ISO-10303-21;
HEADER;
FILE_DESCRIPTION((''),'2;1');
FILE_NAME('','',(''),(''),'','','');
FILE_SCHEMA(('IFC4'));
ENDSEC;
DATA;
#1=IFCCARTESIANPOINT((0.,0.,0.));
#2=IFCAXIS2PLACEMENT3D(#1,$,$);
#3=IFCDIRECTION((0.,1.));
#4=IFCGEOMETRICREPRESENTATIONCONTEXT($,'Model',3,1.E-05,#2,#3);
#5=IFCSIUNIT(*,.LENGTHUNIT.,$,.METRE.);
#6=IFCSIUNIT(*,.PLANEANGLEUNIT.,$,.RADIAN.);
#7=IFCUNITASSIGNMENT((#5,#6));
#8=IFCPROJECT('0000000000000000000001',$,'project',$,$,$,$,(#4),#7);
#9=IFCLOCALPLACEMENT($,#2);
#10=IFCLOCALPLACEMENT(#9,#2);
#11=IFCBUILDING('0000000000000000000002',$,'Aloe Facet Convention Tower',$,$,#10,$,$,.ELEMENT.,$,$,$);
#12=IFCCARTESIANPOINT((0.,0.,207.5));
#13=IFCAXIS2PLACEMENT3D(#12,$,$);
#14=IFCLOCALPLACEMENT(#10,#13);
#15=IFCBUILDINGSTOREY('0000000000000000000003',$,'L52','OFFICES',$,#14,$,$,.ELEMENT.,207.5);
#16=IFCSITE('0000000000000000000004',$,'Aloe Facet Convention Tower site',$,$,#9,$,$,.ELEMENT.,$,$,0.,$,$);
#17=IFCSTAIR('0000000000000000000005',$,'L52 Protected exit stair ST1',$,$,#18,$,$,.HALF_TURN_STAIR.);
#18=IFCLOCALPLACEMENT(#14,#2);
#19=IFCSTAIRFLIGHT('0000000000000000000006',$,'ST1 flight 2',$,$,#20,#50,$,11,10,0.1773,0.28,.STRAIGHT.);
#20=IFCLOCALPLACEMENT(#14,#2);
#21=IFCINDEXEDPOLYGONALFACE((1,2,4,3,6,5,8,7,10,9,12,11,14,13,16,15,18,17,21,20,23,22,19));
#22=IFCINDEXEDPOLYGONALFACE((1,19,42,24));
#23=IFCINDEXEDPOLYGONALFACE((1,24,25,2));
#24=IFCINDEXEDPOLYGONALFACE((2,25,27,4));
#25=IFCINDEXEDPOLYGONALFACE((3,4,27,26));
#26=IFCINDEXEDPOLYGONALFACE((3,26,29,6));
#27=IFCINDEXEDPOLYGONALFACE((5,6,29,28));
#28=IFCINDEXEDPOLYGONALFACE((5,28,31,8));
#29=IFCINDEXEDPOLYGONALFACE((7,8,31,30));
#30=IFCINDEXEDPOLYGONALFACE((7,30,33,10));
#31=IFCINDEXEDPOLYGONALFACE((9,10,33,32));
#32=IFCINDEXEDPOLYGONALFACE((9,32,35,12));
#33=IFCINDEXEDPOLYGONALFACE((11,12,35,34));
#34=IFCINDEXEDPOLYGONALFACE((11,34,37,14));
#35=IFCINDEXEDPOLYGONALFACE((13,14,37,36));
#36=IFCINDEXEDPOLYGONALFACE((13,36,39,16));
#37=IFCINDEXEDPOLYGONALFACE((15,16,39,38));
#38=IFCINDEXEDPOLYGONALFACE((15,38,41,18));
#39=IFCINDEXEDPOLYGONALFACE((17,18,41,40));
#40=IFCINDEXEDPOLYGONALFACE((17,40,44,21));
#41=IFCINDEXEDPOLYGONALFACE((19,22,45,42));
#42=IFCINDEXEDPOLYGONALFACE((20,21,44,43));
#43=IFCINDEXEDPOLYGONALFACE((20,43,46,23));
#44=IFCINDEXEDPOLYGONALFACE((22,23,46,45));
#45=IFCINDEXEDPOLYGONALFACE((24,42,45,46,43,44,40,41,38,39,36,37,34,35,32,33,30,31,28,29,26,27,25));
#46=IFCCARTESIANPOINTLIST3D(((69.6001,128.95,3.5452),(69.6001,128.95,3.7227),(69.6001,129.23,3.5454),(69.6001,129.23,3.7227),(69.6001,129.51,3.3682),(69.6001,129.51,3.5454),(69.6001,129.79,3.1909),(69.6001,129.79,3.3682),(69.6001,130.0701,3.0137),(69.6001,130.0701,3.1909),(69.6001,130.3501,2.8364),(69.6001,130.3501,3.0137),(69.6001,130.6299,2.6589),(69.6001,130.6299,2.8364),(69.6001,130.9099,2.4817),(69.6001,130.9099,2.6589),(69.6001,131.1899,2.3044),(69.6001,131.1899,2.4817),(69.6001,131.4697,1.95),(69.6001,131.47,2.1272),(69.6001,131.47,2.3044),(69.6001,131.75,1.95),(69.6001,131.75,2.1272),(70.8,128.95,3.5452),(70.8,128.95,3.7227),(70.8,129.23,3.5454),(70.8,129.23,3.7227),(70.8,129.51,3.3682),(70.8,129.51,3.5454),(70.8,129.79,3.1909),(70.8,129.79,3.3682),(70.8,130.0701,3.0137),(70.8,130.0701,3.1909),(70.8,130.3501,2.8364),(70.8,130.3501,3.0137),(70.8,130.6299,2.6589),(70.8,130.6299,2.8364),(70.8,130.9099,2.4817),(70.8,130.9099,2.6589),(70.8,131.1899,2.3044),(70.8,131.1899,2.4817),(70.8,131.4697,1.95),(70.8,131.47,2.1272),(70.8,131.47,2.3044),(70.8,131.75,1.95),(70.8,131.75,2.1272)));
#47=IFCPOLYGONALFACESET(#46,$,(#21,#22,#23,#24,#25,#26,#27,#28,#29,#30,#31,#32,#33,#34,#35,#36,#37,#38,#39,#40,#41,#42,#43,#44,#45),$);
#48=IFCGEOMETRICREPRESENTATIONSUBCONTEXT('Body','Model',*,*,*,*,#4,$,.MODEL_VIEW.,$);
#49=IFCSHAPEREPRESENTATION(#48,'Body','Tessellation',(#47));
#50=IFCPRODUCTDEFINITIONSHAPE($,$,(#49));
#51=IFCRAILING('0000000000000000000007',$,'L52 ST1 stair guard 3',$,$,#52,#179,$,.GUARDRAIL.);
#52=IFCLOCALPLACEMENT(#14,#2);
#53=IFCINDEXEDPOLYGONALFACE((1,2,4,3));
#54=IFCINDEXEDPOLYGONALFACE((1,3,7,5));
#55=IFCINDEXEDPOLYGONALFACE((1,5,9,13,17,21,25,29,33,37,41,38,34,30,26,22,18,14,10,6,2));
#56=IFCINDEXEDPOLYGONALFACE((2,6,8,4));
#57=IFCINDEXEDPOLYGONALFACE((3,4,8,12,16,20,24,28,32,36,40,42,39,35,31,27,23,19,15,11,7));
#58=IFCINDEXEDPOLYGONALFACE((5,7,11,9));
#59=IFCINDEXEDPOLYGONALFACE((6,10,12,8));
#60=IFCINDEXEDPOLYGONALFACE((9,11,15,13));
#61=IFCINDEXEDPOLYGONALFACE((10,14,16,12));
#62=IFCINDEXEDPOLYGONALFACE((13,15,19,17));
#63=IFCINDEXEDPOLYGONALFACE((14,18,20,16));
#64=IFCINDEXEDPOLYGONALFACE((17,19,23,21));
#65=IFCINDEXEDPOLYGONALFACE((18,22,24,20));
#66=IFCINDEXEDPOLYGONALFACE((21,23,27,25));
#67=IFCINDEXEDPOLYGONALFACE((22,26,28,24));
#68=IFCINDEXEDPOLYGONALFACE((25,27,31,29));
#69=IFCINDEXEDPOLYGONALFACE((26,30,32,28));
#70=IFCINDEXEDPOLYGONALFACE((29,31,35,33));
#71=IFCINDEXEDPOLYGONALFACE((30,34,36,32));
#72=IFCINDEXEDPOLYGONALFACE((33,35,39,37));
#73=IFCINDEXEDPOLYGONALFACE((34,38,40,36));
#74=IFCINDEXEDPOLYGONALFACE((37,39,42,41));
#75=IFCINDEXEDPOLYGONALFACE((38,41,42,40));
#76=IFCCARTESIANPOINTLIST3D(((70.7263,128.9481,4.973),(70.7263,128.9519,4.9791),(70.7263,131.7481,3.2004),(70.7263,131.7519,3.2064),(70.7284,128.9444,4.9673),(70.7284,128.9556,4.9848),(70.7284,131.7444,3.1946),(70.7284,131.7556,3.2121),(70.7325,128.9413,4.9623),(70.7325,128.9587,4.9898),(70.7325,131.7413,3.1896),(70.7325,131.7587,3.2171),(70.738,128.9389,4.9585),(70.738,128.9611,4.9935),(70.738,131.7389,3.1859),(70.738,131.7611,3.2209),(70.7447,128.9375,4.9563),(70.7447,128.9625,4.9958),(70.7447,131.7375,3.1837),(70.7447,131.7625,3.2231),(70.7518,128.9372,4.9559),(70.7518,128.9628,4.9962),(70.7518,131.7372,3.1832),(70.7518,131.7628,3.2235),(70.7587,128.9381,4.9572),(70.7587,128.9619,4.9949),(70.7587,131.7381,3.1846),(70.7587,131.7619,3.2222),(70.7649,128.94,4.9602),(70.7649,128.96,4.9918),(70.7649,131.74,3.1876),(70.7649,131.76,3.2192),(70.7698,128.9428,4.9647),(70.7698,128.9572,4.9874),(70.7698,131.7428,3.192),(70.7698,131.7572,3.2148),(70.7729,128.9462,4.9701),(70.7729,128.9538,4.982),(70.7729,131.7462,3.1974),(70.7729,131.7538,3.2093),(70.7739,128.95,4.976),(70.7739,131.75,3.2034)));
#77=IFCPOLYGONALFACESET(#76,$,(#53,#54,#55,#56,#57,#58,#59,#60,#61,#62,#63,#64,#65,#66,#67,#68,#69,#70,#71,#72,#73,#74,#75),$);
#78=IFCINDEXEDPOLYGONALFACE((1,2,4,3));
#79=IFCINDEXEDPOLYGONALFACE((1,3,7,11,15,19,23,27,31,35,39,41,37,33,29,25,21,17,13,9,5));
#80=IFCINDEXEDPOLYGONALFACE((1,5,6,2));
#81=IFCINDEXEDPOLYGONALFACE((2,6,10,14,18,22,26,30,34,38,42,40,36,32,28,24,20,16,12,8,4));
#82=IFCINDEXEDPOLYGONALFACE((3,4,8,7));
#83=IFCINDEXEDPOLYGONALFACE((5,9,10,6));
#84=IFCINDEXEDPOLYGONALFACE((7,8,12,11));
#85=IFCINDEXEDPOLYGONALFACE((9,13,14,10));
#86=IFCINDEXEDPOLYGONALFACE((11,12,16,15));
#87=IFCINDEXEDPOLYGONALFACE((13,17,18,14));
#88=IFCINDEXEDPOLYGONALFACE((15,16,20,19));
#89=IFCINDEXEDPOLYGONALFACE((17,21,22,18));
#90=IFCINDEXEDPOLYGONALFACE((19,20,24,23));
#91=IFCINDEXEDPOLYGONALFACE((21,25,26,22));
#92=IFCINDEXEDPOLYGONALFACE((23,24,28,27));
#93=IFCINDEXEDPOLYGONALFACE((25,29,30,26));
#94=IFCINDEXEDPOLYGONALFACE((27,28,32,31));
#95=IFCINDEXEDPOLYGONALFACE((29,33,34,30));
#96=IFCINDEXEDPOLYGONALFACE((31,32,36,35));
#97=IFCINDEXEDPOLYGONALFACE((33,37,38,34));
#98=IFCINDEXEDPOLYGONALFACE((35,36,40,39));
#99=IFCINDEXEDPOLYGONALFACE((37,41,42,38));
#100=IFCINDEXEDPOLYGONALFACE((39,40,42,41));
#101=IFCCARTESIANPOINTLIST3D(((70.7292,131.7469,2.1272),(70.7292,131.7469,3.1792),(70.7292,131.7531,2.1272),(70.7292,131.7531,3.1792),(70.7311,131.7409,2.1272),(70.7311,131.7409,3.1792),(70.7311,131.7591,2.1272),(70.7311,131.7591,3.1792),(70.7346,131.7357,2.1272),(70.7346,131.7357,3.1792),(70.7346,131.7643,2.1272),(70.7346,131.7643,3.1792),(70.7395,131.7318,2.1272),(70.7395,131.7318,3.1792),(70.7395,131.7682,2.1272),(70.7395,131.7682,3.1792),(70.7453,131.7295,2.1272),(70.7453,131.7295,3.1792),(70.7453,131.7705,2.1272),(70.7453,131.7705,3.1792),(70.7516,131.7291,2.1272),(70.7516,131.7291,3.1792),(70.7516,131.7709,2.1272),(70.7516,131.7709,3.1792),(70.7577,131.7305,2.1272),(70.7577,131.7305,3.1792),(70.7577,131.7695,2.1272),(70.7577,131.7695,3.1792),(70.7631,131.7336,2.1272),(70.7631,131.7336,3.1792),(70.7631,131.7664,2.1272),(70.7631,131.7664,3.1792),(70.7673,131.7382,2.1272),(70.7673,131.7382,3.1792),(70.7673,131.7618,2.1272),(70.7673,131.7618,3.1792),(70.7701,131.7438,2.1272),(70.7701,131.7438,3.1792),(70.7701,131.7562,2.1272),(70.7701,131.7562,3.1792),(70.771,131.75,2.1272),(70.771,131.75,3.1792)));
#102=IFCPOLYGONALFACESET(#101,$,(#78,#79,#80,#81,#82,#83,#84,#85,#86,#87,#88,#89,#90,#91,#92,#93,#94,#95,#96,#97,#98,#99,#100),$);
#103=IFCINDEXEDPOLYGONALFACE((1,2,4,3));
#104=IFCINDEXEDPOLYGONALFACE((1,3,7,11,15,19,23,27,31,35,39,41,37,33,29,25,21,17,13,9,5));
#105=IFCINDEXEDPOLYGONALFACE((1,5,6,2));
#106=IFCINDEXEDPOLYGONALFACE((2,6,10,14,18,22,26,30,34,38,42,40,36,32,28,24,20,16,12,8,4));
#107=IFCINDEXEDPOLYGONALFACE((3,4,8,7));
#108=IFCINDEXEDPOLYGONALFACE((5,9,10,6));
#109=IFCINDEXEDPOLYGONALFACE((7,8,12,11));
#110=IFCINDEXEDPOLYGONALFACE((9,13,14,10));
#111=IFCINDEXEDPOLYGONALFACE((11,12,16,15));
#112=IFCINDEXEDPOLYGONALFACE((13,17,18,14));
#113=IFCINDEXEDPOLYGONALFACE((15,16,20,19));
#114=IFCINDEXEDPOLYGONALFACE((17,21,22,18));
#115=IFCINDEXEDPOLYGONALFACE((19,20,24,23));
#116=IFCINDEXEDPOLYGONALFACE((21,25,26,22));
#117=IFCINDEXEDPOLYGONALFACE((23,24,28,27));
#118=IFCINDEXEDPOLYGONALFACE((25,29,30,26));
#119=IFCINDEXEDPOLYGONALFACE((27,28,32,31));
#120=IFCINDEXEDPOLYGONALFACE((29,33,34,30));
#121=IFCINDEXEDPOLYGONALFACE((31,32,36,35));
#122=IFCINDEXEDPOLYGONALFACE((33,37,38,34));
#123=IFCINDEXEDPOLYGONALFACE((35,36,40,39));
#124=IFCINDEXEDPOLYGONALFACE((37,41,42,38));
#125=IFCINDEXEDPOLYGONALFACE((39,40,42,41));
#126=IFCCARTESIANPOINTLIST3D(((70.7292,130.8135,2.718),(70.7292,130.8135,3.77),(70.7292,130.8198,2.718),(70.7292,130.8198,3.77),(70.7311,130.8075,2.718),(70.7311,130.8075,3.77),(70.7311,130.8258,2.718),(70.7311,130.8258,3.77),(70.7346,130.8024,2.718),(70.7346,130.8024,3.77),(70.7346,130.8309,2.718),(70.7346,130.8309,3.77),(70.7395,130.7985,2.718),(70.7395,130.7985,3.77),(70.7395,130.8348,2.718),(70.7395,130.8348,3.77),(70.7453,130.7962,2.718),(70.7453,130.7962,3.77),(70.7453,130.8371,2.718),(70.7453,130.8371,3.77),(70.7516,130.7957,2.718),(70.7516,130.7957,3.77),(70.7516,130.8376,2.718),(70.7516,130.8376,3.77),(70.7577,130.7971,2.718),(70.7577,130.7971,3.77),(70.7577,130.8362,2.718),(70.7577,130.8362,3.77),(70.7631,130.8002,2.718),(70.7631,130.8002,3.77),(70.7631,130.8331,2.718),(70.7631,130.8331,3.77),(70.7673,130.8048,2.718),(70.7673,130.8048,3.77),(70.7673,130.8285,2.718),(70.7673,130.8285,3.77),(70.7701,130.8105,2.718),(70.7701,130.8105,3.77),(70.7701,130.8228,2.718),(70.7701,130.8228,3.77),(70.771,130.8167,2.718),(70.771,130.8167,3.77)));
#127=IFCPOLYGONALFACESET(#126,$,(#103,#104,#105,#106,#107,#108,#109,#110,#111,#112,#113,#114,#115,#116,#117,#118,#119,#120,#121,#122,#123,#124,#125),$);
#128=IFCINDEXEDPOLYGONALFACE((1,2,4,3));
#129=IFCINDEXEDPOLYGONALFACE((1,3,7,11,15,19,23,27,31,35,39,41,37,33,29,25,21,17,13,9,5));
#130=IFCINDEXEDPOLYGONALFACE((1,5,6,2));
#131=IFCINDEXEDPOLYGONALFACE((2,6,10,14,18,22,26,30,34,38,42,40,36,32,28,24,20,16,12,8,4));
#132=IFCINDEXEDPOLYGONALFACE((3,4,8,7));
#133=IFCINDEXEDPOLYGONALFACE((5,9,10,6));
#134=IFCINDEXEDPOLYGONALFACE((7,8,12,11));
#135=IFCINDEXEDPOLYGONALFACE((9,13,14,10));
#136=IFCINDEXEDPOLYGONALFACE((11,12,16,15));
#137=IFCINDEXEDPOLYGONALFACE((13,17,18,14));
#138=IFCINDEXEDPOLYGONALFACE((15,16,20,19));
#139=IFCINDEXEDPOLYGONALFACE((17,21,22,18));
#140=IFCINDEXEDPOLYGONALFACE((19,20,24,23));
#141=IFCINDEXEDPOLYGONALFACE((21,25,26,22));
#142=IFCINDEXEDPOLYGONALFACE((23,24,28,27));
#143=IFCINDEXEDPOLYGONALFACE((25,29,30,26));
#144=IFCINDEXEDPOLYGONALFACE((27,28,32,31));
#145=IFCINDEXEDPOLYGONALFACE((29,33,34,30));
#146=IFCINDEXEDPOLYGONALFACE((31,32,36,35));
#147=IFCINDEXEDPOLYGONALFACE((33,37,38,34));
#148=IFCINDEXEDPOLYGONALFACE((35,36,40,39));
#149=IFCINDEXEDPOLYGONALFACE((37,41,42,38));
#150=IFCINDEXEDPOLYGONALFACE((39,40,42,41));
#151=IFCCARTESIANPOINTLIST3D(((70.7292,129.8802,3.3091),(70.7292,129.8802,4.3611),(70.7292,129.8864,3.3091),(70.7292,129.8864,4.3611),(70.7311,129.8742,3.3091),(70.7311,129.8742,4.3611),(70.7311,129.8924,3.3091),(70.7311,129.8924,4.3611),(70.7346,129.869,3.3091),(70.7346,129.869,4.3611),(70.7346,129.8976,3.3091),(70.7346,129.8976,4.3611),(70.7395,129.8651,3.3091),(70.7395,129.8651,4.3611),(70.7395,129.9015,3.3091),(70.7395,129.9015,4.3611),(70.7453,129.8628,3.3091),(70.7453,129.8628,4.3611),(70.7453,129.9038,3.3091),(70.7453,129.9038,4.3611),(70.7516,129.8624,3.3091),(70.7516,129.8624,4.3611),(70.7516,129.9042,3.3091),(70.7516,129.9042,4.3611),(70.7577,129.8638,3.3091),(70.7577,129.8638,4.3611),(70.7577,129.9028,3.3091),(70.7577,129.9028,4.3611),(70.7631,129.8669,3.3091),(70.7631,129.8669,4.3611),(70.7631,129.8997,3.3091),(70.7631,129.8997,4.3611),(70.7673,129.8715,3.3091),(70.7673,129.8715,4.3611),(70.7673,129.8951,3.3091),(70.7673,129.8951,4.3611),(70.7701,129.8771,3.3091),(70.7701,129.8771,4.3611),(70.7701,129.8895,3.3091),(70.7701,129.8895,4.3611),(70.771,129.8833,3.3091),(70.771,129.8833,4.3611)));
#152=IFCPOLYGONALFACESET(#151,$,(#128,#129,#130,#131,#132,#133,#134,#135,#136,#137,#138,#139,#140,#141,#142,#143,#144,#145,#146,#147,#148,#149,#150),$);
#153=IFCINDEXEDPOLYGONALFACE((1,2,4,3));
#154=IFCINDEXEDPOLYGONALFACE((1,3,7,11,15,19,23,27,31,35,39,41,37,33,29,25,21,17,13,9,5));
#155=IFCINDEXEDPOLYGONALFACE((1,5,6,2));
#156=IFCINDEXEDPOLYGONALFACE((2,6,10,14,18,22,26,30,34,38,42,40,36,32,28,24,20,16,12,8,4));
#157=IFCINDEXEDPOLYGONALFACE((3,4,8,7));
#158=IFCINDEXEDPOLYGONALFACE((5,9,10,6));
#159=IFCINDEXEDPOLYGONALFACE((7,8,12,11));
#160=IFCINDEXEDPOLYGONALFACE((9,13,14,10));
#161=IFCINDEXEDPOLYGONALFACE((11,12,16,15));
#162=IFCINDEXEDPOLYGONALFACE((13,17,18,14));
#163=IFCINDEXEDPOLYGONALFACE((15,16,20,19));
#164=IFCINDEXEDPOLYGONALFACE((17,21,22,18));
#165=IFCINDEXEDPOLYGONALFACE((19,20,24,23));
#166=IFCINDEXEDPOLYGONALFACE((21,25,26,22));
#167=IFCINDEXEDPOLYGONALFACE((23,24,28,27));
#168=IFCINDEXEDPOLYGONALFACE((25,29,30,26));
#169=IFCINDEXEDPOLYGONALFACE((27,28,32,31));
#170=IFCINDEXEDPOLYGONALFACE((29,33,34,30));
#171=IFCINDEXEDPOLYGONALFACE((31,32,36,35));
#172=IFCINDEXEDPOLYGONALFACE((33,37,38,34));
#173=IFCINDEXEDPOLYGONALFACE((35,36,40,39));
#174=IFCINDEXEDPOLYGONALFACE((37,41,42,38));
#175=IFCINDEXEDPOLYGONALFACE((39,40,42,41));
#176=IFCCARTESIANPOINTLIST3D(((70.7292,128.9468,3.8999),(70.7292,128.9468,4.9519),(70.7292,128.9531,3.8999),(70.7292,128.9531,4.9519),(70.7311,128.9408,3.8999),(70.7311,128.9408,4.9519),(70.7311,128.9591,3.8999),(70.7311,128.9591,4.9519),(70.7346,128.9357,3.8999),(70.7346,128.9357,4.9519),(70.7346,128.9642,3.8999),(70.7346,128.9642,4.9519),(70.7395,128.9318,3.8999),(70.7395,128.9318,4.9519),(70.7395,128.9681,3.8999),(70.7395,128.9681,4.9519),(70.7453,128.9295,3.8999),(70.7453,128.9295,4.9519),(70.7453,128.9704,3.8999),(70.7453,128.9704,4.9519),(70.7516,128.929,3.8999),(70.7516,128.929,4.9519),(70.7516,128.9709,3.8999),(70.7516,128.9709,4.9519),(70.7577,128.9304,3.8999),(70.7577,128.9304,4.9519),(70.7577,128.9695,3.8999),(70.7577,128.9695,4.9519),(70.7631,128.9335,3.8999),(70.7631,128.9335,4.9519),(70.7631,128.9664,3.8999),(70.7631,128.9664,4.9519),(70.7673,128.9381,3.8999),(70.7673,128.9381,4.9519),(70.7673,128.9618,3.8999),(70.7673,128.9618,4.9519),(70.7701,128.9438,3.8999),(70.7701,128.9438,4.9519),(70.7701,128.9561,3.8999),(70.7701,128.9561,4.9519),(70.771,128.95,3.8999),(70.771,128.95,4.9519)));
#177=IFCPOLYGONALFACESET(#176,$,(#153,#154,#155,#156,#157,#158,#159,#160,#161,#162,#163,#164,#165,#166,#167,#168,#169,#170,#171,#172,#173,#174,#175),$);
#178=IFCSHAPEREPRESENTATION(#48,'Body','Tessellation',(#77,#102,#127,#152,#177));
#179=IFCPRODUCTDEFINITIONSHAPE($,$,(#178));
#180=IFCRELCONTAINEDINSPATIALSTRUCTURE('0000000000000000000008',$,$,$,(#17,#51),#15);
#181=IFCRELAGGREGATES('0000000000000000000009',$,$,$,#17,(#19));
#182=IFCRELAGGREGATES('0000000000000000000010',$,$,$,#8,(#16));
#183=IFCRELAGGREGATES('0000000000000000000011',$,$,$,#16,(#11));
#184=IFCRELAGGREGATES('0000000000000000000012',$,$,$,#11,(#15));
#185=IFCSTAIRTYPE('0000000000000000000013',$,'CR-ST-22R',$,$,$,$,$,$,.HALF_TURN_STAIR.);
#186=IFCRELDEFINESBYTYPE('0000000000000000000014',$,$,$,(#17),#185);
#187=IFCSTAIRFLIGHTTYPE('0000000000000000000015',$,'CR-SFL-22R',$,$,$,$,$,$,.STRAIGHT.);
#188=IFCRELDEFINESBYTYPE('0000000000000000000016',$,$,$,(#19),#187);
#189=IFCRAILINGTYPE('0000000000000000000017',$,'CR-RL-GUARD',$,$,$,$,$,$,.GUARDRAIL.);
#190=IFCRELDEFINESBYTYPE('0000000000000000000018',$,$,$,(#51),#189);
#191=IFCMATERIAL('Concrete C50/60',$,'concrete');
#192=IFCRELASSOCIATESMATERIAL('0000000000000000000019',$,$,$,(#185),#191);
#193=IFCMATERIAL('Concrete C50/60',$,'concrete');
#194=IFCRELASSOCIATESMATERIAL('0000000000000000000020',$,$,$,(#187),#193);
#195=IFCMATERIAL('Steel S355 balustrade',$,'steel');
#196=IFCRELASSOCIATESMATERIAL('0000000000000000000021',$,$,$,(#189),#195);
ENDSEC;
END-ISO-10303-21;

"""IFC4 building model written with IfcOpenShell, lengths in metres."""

from ifc_helpers import new_model, si_unit, direction, frame, origin, origin_2d, place, context, subcontext, project, spatial, polyline, circle, outline, extrude, material, type_object, element, aggregate, save


model = new_model("IFC4")

# Units and contexts
model_context = context("Model", 3, precision=1e-05, world=origin(), true_north=direction((0.0, 1.0)))
body_context = subcontext(model_context, "Body", "Model", "MODEL_VIEW")
ifc_project = project(units=[si_unit("LENGTHUNIT", "METRE"), si_unit("PLANEANGLEUNIT", "RADIAN")], contexts=[model_context])

# Site, building, storey
site_placement = place(None, origin())
site = spatial("IfcSite", under=ifc_project, at=site_placement, Name="Aloe Facet Convention Tower site", CompositionType="ELEMENT", RefElevation=0.0)
building_placement = place(site_placement, origin())
building = spatial("IfcBuilding", under=site, at=building_placement, Name="Aloe Facet Convention Tower", CompositionType="ELEMENT")
storey_placement = place(building_placement, frame((0.0, 0.0, 207.5)))
storey = spatial("IfcBuildingStorey", under=building, at=storey_placement, Name="L52", Description="OFFICES", CompositionType="ELEMENT", Elevation=207.5)

# Stair, stair flight
ifc_material_1 = material(Name="Concrete C50/60", Category="concrete")
stair_type = type_object("IfcStairType", Name="CR-ST-22R", PredefinedType="HALF_TURN_STAIR", material=ifc_material_1)
stair_placement = place(storey_placement, origin())
stair = element("IfcStair", 1, at=stair_placement, inside=storey, type_object=stair_type, Name="L52 Protected exit stair ST1", PredefinedType="HALF_TURN_STAIR")
ifc_material_2 = material(Name="Concrete C50/60", Category="concrete")
stair_flight_type = type_object("IfcStairFlightType", Name="CR-SFL-22R", PredefinedType="STRAIGHT", material=ifc_material_2)
stair_flight_placement = place(storey_placement, frame((70.2, 131.75, 1.95), z_axis=(0.0, 0.0, 1.0), x_axis=(0.0, -1.0, 0.0)))
stair_flight = element("IfcStairFlight", 2, at=stair_flight_placement, type_object=stair_flight_type, Name="ST1 flight 2", NumberOfRisers=11, NumberOfTreads=10, PredefinedType="STRAIGHT", RiserHeight=0.1773, TreadLength=0.28, context=body_context, shape_type="SweptSolid", body=[
    extrude(outline(polyline([(0.0, 0.0), (0.0, 0.1772), (0.28, 0.1772), (0.28, 0.3545), (0.5601, 0.3545), (0.5601, 0.5317), (0.8401, 0.5317), (0.8401, 0.709), (1.1201, 0.709), (1.1201, 0.8865), (1.3999, 0.8865), (1.3999, 1.0637), (1.6799, 1.0637), (1.6799, 1.241), (1.96, 1.241), (1.96, 1.4182), (2.24, 1.4182), (2.24, 1.5955), (2.52, 1.5955), (2.52, 1.7727), (2.8, 1.7727), (2.8, 1.95), (2.8, 1.5952), (0.2803, 0.0), (0.0, 0.0)])), frame((0.0, 0.6001, 0.0), z_axis=(0.0, -1.0, 0.0), x_axis=(1.0, 0.0, 0.0)), (0.0, 0.0, 1.0), 1.2),
])
aggregate(stair, [stair_flight])

# Railing
ifc_material_3 = material(Name="Steel S355 balustrade", Category="steel")
railing_type_1 = type_object("IfcRailingType", Name="CR-RL-GUARD", PredefinedType="GUARDRAIL", material=ifc_material_3)
railing_1_placement = place(storey_placement, frame((70.75, 131.75, 2.1272)))
element("IfcRailing", 3, at=railing_1_placement, inside=storey, type_object=railing_type_1, Name="L52 ST1 stair guard 3", PredefinedType="GUARDRAIL", context=body_context, shape_type="SweptSolid", body=[
    extrude(circle(Radius=0.0239, at=origin_2d()), frame((0.0, 0.0, 1.0762), z_axis=(0.0, -0.844909, 0.53491), x_axis=(1.0, 0.0, 0.0)), (0.0, 0.0, 1.0), 3.314),
    extrude(circle(Radius=0.021, at=origin_2d()), origin(), (0.0, 0.0, 1.0), 1.052),
    extrude(circle(Radius=0.021, at=origin_2d()), frame((0.0, -0.9333, 0.5908)), (0.0, 0.0, 1.0), 1.052),
    extrude(circle(Radius=0.021, at=origin_2d()), frame((0.0, -1.8667, 1.1819)), (0.0, 0.0, 1.0), 1.052),
    extrude(circle(Radius=0.021, at=origin_2d()), frame((0.0, -2.8, 1.7727)), (0.0, 0.0, 1.0), 1.052),
])

save(model, "model.ifc")
